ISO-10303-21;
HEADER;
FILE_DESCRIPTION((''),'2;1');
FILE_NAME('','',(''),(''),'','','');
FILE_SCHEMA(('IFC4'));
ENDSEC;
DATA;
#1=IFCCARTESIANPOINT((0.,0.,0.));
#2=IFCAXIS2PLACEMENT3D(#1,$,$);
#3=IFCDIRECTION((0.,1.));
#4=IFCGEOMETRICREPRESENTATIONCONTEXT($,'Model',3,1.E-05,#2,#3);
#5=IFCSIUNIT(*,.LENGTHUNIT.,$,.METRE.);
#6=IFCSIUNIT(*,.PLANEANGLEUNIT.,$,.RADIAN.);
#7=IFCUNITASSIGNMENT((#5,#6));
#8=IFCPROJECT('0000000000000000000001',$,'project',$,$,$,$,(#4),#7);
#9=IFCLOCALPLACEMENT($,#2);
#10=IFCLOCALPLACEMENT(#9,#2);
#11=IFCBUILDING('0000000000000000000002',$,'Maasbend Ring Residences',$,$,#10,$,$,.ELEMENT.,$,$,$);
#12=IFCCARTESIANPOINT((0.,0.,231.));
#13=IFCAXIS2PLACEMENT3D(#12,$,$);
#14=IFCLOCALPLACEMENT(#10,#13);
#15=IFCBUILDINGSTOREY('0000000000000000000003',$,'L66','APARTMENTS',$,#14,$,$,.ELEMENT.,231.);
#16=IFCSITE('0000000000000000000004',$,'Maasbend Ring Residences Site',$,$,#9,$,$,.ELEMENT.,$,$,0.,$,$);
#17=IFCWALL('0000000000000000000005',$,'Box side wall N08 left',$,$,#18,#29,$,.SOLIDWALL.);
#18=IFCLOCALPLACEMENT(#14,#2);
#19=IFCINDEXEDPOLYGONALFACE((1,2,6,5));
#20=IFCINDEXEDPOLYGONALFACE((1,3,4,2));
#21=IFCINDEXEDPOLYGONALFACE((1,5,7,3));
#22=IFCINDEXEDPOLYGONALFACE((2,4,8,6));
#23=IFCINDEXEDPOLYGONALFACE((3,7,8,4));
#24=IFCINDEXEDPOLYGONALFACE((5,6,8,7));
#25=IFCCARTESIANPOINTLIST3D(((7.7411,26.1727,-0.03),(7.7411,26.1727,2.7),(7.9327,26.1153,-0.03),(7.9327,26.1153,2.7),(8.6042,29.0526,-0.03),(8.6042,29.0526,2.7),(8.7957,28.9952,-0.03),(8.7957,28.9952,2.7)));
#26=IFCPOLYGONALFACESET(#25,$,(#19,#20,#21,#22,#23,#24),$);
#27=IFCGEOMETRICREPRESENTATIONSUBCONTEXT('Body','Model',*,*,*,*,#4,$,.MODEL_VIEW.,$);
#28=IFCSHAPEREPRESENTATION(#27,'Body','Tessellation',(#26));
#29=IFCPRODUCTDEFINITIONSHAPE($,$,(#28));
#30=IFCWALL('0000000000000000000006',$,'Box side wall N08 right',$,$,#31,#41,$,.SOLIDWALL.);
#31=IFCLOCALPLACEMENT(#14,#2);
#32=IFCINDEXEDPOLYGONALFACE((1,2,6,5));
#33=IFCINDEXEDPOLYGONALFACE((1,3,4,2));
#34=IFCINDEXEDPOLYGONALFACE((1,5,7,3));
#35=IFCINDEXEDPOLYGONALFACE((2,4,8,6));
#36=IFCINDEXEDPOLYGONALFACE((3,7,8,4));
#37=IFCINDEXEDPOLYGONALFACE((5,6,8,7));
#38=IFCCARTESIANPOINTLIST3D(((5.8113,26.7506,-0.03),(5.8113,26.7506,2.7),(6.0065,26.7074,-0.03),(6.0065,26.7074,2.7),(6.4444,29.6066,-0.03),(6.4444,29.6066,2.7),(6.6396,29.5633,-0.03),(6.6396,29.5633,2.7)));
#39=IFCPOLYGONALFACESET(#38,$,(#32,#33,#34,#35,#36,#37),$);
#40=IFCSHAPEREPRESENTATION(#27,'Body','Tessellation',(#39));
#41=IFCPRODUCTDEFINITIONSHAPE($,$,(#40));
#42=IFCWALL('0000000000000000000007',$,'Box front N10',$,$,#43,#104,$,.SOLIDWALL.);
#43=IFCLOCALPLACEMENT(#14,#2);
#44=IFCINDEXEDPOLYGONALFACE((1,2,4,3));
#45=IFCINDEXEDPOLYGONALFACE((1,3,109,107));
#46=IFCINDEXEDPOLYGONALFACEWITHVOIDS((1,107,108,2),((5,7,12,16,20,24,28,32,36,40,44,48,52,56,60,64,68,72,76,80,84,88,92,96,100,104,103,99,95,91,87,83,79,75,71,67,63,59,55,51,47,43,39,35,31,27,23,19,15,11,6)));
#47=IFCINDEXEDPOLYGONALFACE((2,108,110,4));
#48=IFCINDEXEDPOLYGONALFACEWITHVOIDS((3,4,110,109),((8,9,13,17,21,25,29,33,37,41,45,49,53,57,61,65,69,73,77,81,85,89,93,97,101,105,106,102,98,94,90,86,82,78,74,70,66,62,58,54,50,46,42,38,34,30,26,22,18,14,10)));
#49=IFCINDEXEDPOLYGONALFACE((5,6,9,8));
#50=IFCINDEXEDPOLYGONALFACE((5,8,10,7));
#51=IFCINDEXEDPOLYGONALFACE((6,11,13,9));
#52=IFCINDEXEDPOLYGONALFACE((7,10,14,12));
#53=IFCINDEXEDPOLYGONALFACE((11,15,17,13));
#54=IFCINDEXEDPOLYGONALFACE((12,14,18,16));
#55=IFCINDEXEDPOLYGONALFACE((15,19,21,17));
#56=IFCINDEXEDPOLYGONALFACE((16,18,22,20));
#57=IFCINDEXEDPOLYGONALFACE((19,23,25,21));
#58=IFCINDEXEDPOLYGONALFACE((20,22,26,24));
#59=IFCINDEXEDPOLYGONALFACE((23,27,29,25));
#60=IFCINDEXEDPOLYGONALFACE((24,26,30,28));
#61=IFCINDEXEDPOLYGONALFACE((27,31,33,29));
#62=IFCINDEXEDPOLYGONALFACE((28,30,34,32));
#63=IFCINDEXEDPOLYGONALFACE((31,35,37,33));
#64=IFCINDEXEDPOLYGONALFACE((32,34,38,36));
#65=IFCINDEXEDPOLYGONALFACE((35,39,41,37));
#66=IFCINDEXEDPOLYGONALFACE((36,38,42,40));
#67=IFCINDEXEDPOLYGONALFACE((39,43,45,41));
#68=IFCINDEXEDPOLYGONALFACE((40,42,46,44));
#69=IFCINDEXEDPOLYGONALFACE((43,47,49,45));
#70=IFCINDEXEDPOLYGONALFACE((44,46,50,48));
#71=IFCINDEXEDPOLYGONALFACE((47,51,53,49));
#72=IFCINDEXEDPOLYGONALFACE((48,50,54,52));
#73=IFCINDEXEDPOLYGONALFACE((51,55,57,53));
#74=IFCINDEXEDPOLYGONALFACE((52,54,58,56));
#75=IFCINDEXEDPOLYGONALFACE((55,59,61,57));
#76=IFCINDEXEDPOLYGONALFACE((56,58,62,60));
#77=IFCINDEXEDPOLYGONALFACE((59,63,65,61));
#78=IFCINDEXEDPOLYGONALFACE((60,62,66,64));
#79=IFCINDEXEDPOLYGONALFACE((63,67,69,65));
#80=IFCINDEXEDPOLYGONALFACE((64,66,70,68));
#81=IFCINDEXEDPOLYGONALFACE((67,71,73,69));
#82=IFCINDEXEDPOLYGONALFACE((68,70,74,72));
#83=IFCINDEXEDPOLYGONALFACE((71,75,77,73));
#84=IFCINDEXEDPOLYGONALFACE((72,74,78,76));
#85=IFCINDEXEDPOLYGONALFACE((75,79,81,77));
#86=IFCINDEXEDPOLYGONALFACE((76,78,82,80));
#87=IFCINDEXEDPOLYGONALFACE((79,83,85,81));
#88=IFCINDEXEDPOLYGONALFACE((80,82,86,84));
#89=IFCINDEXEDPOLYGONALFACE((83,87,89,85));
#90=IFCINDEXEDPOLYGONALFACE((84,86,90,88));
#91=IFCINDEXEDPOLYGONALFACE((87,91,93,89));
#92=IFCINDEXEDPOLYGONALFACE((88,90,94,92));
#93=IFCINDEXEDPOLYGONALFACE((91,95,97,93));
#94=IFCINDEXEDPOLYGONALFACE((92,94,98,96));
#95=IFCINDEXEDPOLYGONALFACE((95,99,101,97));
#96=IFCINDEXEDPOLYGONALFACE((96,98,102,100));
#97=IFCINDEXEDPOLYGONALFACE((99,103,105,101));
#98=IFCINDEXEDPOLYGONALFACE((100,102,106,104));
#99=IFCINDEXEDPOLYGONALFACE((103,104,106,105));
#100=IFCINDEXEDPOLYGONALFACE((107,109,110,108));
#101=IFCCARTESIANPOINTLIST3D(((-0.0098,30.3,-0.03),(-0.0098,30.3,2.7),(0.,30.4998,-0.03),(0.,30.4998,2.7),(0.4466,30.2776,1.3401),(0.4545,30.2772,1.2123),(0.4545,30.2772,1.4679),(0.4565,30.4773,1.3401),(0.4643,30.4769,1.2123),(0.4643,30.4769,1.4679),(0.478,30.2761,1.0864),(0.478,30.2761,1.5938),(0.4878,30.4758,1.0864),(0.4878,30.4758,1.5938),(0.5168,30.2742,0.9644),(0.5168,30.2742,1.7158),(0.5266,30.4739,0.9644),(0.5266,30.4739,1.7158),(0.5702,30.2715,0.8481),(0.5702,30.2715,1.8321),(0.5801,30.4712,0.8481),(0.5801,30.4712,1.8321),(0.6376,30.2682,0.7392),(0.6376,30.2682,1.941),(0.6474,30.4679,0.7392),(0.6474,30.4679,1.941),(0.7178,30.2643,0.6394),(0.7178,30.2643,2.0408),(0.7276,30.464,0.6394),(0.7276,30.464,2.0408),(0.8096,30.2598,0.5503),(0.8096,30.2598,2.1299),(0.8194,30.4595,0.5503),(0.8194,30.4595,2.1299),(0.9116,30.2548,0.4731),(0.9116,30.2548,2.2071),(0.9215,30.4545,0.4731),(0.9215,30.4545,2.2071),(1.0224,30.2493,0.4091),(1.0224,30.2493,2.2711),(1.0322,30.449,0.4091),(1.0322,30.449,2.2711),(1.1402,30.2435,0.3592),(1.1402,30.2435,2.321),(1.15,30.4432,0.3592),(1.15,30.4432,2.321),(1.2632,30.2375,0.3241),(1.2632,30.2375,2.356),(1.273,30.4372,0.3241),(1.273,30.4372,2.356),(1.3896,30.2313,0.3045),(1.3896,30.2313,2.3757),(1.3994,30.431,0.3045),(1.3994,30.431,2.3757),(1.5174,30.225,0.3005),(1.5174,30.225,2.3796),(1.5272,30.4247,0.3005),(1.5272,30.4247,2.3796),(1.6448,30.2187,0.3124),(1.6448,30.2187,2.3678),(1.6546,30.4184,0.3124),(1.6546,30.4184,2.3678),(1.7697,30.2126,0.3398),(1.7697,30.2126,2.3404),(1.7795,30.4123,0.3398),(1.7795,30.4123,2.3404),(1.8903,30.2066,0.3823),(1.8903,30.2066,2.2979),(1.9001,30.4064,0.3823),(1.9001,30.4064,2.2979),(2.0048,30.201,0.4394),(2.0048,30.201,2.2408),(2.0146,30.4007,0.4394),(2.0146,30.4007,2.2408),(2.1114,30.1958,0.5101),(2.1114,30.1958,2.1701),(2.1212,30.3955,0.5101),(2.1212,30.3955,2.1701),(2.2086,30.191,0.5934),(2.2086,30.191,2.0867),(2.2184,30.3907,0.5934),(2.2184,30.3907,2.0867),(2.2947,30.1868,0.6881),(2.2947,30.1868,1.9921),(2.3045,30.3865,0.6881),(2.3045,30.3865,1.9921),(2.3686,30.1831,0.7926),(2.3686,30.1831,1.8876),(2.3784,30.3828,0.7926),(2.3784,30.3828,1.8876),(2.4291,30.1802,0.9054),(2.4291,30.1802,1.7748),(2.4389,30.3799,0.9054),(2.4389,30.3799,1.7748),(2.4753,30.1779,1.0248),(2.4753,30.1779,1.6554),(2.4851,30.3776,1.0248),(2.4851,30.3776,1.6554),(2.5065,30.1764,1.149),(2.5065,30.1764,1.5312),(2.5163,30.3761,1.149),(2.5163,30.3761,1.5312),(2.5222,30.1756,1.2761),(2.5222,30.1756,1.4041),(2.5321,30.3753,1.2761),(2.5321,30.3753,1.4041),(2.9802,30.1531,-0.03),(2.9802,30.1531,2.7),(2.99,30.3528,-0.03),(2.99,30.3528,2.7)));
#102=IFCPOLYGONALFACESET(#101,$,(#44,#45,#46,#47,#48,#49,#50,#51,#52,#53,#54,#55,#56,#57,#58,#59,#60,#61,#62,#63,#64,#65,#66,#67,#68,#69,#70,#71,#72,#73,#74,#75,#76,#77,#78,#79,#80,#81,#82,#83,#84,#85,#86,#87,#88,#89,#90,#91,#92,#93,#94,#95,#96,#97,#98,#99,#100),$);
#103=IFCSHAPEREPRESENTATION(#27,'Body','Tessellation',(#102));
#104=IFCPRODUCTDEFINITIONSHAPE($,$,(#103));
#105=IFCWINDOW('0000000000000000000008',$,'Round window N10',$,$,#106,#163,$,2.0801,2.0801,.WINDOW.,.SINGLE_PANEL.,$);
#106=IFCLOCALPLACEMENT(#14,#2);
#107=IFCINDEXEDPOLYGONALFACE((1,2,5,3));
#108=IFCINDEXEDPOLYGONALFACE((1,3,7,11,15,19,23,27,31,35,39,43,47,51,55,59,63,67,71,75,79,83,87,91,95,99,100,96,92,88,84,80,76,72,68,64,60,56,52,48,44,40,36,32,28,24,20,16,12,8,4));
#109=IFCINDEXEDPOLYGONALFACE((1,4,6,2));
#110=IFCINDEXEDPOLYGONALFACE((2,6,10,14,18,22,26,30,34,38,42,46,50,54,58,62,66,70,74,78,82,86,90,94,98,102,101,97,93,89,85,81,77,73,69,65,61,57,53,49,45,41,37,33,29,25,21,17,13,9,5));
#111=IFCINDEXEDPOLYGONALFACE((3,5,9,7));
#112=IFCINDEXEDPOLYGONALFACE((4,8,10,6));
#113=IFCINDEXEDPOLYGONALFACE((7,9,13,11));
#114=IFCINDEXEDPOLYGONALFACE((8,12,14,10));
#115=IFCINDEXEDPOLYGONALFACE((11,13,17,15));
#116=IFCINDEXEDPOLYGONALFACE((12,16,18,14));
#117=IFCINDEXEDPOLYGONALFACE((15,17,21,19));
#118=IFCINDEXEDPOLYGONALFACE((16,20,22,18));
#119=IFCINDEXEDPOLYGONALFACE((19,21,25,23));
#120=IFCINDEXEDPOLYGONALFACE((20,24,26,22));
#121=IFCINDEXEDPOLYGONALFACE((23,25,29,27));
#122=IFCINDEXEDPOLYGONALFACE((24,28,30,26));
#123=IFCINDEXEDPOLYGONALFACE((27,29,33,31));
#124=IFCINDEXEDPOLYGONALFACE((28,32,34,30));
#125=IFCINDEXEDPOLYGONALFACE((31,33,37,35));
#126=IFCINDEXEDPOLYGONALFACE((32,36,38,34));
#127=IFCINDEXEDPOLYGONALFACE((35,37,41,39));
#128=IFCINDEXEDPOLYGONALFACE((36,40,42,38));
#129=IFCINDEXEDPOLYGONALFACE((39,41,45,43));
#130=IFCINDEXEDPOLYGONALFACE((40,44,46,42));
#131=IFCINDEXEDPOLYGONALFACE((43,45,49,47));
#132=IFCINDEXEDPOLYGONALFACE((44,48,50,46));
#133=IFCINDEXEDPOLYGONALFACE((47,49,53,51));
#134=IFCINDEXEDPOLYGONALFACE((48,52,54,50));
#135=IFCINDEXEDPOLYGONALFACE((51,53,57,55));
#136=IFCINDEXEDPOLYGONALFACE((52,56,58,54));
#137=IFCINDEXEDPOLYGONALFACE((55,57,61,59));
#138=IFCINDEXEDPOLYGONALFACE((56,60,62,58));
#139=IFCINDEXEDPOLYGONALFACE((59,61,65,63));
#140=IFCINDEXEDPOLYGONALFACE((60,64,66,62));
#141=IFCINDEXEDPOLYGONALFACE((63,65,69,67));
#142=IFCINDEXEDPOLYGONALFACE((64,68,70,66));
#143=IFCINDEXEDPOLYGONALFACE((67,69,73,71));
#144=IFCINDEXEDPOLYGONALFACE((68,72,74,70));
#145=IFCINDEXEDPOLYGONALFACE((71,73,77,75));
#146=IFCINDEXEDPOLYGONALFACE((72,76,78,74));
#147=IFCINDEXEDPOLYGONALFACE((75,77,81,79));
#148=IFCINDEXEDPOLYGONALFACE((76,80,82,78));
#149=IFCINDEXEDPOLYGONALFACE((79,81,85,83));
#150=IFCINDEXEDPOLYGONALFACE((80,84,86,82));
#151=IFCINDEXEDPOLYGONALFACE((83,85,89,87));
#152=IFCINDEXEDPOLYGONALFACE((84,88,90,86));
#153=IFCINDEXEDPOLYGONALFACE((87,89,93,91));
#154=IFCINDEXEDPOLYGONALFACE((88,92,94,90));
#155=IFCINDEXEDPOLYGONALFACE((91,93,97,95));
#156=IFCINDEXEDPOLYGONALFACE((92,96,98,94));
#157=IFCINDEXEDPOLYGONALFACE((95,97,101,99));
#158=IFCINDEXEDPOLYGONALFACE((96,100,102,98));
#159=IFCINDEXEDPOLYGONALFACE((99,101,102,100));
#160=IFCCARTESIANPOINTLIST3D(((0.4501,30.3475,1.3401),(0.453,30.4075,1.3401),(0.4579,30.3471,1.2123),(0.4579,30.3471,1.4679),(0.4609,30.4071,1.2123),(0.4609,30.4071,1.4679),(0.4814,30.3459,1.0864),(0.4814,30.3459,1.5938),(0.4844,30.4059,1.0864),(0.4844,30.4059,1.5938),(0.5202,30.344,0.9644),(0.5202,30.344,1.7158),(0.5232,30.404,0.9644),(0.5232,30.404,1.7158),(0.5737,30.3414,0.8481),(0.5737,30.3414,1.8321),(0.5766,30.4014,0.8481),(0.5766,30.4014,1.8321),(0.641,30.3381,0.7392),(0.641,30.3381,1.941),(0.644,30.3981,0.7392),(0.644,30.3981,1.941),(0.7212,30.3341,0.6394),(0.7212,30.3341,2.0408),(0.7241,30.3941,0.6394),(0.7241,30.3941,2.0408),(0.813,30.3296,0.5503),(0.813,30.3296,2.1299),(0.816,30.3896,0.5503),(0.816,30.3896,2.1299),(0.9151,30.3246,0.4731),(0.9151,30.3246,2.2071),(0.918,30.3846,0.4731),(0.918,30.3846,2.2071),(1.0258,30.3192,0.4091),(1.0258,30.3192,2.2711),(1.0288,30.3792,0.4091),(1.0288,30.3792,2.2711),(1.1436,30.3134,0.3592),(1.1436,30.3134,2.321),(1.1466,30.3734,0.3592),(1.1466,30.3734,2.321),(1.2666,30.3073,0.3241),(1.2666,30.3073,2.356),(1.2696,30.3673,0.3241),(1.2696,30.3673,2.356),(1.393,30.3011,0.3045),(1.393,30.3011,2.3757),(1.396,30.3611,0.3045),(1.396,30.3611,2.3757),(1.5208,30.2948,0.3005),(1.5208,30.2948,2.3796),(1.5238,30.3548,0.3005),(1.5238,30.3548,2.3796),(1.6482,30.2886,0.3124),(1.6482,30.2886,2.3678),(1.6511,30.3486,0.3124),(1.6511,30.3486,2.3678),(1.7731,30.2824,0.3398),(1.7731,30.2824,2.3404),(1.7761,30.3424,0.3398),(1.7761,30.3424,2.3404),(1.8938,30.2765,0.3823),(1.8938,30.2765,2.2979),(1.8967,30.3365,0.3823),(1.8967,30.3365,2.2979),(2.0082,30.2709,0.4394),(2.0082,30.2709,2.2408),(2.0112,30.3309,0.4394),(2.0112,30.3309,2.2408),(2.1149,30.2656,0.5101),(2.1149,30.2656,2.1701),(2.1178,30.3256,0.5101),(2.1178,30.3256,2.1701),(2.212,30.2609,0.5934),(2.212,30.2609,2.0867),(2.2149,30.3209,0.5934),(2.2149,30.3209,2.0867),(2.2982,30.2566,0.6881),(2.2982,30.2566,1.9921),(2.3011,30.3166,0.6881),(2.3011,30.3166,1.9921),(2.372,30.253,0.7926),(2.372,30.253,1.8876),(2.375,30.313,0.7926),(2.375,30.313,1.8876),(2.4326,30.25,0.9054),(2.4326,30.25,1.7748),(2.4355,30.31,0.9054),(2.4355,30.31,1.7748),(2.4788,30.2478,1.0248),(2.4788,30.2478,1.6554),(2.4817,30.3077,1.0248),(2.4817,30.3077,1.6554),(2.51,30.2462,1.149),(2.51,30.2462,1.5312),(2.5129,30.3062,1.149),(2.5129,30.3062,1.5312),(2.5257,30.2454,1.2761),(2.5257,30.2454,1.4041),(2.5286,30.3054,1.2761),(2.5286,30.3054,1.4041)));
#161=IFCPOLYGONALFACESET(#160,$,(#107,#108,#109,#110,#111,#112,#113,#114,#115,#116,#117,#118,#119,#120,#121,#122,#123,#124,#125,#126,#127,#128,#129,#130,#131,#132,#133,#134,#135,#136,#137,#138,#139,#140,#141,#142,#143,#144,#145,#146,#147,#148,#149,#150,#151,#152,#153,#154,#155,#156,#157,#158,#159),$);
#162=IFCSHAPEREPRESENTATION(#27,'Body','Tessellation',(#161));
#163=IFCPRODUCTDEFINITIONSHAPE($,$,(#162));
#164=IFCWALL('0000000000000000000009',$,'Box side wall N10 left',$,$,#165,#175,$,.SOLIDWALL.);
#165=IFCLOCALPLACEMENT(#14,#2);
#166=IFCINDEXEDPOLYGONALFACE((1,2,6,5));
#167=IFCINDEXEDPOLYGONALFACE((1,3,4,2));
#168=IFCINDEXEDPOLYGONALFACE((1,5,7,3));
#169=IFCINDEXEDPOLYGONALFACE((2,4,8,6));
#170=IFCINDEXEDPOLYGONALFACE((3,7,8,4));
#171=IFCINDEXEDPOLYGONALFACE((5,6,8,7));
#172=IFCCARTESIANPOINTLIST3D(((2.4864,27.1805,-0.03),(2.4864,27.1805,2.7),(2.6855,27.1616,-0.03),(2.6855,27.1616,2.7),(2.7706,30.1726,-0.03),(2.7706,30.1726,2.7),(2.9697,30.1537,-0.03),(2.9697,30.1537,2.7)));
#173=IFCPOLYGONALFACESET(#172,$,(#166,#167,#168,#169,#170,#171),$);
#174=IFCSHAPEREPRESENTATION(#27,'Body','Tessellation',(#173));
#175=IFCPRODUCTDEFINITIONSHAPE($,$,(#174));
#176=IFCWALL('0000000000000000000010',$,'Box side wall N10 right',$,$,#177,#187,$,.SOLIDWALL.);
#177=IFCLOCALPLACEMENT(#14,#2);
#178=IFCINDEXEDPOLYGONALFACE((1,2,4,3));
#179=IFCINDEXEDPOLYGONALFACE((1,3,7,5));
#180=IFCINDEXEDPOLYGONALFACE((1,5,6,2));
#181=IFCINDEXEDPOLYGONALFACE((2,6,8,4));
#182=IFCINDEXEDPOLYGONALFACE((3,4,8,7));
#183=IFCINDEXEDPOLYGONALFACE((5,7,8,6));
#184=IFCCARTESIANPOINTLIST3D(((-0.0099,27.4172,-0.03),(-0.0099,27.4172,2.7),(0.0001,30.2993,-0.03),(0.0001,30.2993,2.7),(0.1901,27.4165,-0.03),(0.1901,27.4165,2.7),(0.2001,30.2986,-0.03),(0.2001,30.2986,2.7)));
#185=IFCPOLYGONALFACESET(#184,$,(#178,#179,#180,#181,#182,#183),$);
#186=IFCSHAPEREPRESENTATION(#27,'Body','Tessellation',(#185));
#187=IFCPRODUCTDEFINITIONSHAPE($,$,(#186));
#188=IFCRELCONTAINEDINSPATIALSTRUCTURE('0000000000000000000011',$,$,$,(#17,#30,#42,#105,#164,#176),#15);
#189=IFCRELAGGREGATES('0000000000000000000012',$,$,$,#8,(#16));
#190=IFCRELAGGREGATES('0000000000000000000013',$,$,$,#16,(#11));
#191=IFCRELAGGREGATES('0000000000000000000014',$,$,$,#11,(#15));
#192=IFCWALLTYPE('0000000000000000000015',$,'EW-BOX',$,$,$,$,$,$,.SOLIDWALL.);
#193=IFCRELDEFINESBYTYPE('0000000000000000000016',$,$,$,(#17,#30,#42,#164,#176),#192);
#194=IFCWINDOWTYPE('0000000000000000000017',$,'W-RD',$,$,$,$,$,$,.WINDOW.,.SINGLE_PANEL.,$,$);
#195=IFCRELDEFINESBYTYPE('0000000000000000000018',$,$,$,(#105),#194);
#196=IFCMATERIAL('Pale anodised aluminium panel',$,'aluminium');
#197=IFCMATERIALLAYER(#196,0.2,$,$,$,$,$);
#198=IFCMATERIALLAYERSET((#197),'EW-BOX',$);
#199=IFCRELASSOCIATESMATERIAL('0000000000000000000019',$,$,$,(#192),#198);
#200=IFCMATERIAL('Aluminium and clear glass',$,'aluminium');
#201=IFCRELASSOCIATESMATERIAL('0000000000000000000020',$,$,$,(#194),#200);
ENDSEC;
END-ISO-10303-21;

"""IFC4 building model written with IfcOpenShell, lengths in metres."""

from ifc_helpers import new_model, si_unit, direction, frame, frame_2d, origin, place, context, subcontext, project, spatial, rectangle, circle, extrude, material, layer, layer_set, type_object, element, fill, save


model = new_model("IFC4")

# Units and contexts
model_context = context("Model", 3, precision=1e-05, world=origin(), true_north=direction((0.0, 1.0)))
body_context = subcontext(model_context, "Body", "Model", "MODEL_VIEW")
ifc_project = project(units=[si_unit("LENGTHUNIT", "METRE"), si_unit("PLANEANGLEUNIT", "RADIAN")], contexts=[model_context])

# Site, building, storey
site_placement = place(None, origin())
site = spatial("IfcSite", under=ifc_project, at=site_placement, Name="Maasbend Ring Residences Site", CompositionType="ELEMENT", RefElevation=0.0)
building_placement = place(site_placement, origin())
building = spatial("IfcBuilding", under=site, at=building_placement, Name="Maasbend Ring Residences", CompositionType="ELEMENT")
storey_placement = place(building_placement, frame((0.0, 0.0, 231.0)))
storey = spatial("IfcBuildingStorey", under=building, at=storey_placement, Name="L66", Description="APARTMENTS", CompositionType="ELEMENT", Elevation=231.0)

# Shared definitions
ifc_material_1 = material(Name="Pale anodised aluminium panel", Category="aluminium")
ifc_layer_1 = layer(ifc_material_1, 0.2)
ifc_layer_set_1 = layer_set([ifc_layer_1], Name="EW-BOX")
wall_type_1 = type_object("IfcWallType", Name="EW-BOX", PredefinedType="SOLIDWALL", material=ifc_layer_set_1)

# Shared definitions
ifc_material_2 = material(Name="Aluminium and clear glass", Category="aluminium")
window_type_1 = type_object("IfcWindowType", Name="W-RD", PartitioningType="SINGLE_PANEL", PredefinedType="WINDOW", material=ifc_material_2)

# Walls
wall_1_placement = place(storey_placement, frame((7.8369, 26.144, -0.03), z_axis=(0.0, 0.0, 1.0), x_axis=(0.287065, 0.957911, 0.0)))
element("IfcWall", 1, at=wall_1_placement, inside=storey, type_object=wall_type_1, Name="Box side wall N08 left", PredefinedType="SOLIDWALL", context=body_context, shape_type="SweptSolid", body=[
    extrude(rectangle(XDim=3.0063, YDim=0.2, at=frame_2d((1.5032, 0.0))), origin(), (0.0, 0.0, 1.0), 2.73),
])
wall_2_placement = place(storey_placement, frame((5.9089, 26.729, -0.03), z_axis=(0.0, 0.0, 1.0), x_axis=(0.216409, 0.976303, 0.0)))
element("IfcWall", 2, at=wall_2_placement, inside=storey, type_object=wall_type_1, Name="Box side wall N08 right", PredefinedType="SOLIDWALL", context=body_context, shape_type="SweptSolid", body=[
    extrude(rectangle(XDim=2.9253, YDim=0.2, at=frame_2d((1.4626, 0.0))), origin(), (0.0, 0.0, 1.0), 2.73),
])

# Wall, opening, window
wall_3_placement = place(storey_placement, frame((2.9851, 30.2529, -0.03), z_axis=(0.0, 0.0, 1.0), x_axis=(-0.998794, 0.049096, 0.0)))
wall_3 = element("IfcWall", 3, at=wall_3_placement, inside=storey, type_object=wall_type_1, Name="Box front N10", PredefinedType="SOLIDWALL", context=body_context, shape_type="SweptSolid", body=[
    extrude(rectangle(XDim=2.9937, YDim=0.2, at=frame_2d((1.4968, 0.0))), origin(), (0.0, 0.0, 1.0), 2.73),
])
opening_1_placement = place(wall_3_placement, frame((0.4565, 0.0, 0.3301)))
opening_1 = element("IfcOpeningElement", 4, at=opening_1_placement, cuts=wall_3, PredefinedType="OPENING", context=body_context, shape_type="SweptSolid", body=[
    extrude(circle(Radius=1.04, at=frame_2d((1.04, 1.04))), frame((0.0, 0.1099, 0.0), z_axis=(0.0, -1.0, 0.0), x_axis=(1.0, 0.0, 0.0)), (0.0, 0.0, 1.0), 0.22),
])
window_1_placement = place(opening_1_placement, origin())
window_1 = element("IfcWindow", 5, at=window_1_placement, inside=storey, type_object=window_type_1, Name="Round window N10", OverallHeight=2.0801, OverallWidth=2.0801, PartitioningType="SINGLE_PANEL", PredefinedType="WINDOW", context=body_context, shape_type="SweptSolid", body=[
    extrude(circle(Radius=1.04, at=frame_2d((1.04, 1.04))), frame((0.0, 0.03, 0.0), z_axis=(0.0, -1.0, 0.0), x_axis=(1.0, 0.0, 0.0)), (0.0, 0.0, 1.0), 0.0601),
])
fill(opening_1, window_1)

# Walls
wall_4_placement = place(storey_placement, frame((2.5859, 27.1709, -0.03), z_axis=(0.0, 0.0, 1.0), x_axis=(0.094548, 0.99552, 0.0)))
element("IfcWall", 6, at=wall_4_placement, inside=storey, type_object=wall_type_1, Name="Box side wall N10 left", PredefinedType="SOLIDWALL", context=body_context, shape_type="SweptSolid", body=[
    extrude(rectangle(XDim=3.0056, YDim=0.2, at=frame_2d((1.5029, 0.0))), origin(), (0.0, 0.0, 1.0), 2.73),
])
wall_5_placement = place(storey_placement, frame((0.0901, 27.417, -0.03), z_axis=(0.0, 0.0, 1.0), x_axis=(0.003473, 0.999994, 0.0)))
element("IfcWall", 7, at=wall_5_placement, inside=storey, type_object=wall_type_1, Name="Box side wall N10 right", PredefinedType="SOLIDWALL", context=body_context, shape_type="SweptSolid", body=[
    extrude(rectangle(XDim=2.8821, YDim=0.2, at=frame_2d((1.4409, 0.0))), origin(), (0.0, 0.0, 1.0), 2.73),
])

save(model, "model.ifc")
